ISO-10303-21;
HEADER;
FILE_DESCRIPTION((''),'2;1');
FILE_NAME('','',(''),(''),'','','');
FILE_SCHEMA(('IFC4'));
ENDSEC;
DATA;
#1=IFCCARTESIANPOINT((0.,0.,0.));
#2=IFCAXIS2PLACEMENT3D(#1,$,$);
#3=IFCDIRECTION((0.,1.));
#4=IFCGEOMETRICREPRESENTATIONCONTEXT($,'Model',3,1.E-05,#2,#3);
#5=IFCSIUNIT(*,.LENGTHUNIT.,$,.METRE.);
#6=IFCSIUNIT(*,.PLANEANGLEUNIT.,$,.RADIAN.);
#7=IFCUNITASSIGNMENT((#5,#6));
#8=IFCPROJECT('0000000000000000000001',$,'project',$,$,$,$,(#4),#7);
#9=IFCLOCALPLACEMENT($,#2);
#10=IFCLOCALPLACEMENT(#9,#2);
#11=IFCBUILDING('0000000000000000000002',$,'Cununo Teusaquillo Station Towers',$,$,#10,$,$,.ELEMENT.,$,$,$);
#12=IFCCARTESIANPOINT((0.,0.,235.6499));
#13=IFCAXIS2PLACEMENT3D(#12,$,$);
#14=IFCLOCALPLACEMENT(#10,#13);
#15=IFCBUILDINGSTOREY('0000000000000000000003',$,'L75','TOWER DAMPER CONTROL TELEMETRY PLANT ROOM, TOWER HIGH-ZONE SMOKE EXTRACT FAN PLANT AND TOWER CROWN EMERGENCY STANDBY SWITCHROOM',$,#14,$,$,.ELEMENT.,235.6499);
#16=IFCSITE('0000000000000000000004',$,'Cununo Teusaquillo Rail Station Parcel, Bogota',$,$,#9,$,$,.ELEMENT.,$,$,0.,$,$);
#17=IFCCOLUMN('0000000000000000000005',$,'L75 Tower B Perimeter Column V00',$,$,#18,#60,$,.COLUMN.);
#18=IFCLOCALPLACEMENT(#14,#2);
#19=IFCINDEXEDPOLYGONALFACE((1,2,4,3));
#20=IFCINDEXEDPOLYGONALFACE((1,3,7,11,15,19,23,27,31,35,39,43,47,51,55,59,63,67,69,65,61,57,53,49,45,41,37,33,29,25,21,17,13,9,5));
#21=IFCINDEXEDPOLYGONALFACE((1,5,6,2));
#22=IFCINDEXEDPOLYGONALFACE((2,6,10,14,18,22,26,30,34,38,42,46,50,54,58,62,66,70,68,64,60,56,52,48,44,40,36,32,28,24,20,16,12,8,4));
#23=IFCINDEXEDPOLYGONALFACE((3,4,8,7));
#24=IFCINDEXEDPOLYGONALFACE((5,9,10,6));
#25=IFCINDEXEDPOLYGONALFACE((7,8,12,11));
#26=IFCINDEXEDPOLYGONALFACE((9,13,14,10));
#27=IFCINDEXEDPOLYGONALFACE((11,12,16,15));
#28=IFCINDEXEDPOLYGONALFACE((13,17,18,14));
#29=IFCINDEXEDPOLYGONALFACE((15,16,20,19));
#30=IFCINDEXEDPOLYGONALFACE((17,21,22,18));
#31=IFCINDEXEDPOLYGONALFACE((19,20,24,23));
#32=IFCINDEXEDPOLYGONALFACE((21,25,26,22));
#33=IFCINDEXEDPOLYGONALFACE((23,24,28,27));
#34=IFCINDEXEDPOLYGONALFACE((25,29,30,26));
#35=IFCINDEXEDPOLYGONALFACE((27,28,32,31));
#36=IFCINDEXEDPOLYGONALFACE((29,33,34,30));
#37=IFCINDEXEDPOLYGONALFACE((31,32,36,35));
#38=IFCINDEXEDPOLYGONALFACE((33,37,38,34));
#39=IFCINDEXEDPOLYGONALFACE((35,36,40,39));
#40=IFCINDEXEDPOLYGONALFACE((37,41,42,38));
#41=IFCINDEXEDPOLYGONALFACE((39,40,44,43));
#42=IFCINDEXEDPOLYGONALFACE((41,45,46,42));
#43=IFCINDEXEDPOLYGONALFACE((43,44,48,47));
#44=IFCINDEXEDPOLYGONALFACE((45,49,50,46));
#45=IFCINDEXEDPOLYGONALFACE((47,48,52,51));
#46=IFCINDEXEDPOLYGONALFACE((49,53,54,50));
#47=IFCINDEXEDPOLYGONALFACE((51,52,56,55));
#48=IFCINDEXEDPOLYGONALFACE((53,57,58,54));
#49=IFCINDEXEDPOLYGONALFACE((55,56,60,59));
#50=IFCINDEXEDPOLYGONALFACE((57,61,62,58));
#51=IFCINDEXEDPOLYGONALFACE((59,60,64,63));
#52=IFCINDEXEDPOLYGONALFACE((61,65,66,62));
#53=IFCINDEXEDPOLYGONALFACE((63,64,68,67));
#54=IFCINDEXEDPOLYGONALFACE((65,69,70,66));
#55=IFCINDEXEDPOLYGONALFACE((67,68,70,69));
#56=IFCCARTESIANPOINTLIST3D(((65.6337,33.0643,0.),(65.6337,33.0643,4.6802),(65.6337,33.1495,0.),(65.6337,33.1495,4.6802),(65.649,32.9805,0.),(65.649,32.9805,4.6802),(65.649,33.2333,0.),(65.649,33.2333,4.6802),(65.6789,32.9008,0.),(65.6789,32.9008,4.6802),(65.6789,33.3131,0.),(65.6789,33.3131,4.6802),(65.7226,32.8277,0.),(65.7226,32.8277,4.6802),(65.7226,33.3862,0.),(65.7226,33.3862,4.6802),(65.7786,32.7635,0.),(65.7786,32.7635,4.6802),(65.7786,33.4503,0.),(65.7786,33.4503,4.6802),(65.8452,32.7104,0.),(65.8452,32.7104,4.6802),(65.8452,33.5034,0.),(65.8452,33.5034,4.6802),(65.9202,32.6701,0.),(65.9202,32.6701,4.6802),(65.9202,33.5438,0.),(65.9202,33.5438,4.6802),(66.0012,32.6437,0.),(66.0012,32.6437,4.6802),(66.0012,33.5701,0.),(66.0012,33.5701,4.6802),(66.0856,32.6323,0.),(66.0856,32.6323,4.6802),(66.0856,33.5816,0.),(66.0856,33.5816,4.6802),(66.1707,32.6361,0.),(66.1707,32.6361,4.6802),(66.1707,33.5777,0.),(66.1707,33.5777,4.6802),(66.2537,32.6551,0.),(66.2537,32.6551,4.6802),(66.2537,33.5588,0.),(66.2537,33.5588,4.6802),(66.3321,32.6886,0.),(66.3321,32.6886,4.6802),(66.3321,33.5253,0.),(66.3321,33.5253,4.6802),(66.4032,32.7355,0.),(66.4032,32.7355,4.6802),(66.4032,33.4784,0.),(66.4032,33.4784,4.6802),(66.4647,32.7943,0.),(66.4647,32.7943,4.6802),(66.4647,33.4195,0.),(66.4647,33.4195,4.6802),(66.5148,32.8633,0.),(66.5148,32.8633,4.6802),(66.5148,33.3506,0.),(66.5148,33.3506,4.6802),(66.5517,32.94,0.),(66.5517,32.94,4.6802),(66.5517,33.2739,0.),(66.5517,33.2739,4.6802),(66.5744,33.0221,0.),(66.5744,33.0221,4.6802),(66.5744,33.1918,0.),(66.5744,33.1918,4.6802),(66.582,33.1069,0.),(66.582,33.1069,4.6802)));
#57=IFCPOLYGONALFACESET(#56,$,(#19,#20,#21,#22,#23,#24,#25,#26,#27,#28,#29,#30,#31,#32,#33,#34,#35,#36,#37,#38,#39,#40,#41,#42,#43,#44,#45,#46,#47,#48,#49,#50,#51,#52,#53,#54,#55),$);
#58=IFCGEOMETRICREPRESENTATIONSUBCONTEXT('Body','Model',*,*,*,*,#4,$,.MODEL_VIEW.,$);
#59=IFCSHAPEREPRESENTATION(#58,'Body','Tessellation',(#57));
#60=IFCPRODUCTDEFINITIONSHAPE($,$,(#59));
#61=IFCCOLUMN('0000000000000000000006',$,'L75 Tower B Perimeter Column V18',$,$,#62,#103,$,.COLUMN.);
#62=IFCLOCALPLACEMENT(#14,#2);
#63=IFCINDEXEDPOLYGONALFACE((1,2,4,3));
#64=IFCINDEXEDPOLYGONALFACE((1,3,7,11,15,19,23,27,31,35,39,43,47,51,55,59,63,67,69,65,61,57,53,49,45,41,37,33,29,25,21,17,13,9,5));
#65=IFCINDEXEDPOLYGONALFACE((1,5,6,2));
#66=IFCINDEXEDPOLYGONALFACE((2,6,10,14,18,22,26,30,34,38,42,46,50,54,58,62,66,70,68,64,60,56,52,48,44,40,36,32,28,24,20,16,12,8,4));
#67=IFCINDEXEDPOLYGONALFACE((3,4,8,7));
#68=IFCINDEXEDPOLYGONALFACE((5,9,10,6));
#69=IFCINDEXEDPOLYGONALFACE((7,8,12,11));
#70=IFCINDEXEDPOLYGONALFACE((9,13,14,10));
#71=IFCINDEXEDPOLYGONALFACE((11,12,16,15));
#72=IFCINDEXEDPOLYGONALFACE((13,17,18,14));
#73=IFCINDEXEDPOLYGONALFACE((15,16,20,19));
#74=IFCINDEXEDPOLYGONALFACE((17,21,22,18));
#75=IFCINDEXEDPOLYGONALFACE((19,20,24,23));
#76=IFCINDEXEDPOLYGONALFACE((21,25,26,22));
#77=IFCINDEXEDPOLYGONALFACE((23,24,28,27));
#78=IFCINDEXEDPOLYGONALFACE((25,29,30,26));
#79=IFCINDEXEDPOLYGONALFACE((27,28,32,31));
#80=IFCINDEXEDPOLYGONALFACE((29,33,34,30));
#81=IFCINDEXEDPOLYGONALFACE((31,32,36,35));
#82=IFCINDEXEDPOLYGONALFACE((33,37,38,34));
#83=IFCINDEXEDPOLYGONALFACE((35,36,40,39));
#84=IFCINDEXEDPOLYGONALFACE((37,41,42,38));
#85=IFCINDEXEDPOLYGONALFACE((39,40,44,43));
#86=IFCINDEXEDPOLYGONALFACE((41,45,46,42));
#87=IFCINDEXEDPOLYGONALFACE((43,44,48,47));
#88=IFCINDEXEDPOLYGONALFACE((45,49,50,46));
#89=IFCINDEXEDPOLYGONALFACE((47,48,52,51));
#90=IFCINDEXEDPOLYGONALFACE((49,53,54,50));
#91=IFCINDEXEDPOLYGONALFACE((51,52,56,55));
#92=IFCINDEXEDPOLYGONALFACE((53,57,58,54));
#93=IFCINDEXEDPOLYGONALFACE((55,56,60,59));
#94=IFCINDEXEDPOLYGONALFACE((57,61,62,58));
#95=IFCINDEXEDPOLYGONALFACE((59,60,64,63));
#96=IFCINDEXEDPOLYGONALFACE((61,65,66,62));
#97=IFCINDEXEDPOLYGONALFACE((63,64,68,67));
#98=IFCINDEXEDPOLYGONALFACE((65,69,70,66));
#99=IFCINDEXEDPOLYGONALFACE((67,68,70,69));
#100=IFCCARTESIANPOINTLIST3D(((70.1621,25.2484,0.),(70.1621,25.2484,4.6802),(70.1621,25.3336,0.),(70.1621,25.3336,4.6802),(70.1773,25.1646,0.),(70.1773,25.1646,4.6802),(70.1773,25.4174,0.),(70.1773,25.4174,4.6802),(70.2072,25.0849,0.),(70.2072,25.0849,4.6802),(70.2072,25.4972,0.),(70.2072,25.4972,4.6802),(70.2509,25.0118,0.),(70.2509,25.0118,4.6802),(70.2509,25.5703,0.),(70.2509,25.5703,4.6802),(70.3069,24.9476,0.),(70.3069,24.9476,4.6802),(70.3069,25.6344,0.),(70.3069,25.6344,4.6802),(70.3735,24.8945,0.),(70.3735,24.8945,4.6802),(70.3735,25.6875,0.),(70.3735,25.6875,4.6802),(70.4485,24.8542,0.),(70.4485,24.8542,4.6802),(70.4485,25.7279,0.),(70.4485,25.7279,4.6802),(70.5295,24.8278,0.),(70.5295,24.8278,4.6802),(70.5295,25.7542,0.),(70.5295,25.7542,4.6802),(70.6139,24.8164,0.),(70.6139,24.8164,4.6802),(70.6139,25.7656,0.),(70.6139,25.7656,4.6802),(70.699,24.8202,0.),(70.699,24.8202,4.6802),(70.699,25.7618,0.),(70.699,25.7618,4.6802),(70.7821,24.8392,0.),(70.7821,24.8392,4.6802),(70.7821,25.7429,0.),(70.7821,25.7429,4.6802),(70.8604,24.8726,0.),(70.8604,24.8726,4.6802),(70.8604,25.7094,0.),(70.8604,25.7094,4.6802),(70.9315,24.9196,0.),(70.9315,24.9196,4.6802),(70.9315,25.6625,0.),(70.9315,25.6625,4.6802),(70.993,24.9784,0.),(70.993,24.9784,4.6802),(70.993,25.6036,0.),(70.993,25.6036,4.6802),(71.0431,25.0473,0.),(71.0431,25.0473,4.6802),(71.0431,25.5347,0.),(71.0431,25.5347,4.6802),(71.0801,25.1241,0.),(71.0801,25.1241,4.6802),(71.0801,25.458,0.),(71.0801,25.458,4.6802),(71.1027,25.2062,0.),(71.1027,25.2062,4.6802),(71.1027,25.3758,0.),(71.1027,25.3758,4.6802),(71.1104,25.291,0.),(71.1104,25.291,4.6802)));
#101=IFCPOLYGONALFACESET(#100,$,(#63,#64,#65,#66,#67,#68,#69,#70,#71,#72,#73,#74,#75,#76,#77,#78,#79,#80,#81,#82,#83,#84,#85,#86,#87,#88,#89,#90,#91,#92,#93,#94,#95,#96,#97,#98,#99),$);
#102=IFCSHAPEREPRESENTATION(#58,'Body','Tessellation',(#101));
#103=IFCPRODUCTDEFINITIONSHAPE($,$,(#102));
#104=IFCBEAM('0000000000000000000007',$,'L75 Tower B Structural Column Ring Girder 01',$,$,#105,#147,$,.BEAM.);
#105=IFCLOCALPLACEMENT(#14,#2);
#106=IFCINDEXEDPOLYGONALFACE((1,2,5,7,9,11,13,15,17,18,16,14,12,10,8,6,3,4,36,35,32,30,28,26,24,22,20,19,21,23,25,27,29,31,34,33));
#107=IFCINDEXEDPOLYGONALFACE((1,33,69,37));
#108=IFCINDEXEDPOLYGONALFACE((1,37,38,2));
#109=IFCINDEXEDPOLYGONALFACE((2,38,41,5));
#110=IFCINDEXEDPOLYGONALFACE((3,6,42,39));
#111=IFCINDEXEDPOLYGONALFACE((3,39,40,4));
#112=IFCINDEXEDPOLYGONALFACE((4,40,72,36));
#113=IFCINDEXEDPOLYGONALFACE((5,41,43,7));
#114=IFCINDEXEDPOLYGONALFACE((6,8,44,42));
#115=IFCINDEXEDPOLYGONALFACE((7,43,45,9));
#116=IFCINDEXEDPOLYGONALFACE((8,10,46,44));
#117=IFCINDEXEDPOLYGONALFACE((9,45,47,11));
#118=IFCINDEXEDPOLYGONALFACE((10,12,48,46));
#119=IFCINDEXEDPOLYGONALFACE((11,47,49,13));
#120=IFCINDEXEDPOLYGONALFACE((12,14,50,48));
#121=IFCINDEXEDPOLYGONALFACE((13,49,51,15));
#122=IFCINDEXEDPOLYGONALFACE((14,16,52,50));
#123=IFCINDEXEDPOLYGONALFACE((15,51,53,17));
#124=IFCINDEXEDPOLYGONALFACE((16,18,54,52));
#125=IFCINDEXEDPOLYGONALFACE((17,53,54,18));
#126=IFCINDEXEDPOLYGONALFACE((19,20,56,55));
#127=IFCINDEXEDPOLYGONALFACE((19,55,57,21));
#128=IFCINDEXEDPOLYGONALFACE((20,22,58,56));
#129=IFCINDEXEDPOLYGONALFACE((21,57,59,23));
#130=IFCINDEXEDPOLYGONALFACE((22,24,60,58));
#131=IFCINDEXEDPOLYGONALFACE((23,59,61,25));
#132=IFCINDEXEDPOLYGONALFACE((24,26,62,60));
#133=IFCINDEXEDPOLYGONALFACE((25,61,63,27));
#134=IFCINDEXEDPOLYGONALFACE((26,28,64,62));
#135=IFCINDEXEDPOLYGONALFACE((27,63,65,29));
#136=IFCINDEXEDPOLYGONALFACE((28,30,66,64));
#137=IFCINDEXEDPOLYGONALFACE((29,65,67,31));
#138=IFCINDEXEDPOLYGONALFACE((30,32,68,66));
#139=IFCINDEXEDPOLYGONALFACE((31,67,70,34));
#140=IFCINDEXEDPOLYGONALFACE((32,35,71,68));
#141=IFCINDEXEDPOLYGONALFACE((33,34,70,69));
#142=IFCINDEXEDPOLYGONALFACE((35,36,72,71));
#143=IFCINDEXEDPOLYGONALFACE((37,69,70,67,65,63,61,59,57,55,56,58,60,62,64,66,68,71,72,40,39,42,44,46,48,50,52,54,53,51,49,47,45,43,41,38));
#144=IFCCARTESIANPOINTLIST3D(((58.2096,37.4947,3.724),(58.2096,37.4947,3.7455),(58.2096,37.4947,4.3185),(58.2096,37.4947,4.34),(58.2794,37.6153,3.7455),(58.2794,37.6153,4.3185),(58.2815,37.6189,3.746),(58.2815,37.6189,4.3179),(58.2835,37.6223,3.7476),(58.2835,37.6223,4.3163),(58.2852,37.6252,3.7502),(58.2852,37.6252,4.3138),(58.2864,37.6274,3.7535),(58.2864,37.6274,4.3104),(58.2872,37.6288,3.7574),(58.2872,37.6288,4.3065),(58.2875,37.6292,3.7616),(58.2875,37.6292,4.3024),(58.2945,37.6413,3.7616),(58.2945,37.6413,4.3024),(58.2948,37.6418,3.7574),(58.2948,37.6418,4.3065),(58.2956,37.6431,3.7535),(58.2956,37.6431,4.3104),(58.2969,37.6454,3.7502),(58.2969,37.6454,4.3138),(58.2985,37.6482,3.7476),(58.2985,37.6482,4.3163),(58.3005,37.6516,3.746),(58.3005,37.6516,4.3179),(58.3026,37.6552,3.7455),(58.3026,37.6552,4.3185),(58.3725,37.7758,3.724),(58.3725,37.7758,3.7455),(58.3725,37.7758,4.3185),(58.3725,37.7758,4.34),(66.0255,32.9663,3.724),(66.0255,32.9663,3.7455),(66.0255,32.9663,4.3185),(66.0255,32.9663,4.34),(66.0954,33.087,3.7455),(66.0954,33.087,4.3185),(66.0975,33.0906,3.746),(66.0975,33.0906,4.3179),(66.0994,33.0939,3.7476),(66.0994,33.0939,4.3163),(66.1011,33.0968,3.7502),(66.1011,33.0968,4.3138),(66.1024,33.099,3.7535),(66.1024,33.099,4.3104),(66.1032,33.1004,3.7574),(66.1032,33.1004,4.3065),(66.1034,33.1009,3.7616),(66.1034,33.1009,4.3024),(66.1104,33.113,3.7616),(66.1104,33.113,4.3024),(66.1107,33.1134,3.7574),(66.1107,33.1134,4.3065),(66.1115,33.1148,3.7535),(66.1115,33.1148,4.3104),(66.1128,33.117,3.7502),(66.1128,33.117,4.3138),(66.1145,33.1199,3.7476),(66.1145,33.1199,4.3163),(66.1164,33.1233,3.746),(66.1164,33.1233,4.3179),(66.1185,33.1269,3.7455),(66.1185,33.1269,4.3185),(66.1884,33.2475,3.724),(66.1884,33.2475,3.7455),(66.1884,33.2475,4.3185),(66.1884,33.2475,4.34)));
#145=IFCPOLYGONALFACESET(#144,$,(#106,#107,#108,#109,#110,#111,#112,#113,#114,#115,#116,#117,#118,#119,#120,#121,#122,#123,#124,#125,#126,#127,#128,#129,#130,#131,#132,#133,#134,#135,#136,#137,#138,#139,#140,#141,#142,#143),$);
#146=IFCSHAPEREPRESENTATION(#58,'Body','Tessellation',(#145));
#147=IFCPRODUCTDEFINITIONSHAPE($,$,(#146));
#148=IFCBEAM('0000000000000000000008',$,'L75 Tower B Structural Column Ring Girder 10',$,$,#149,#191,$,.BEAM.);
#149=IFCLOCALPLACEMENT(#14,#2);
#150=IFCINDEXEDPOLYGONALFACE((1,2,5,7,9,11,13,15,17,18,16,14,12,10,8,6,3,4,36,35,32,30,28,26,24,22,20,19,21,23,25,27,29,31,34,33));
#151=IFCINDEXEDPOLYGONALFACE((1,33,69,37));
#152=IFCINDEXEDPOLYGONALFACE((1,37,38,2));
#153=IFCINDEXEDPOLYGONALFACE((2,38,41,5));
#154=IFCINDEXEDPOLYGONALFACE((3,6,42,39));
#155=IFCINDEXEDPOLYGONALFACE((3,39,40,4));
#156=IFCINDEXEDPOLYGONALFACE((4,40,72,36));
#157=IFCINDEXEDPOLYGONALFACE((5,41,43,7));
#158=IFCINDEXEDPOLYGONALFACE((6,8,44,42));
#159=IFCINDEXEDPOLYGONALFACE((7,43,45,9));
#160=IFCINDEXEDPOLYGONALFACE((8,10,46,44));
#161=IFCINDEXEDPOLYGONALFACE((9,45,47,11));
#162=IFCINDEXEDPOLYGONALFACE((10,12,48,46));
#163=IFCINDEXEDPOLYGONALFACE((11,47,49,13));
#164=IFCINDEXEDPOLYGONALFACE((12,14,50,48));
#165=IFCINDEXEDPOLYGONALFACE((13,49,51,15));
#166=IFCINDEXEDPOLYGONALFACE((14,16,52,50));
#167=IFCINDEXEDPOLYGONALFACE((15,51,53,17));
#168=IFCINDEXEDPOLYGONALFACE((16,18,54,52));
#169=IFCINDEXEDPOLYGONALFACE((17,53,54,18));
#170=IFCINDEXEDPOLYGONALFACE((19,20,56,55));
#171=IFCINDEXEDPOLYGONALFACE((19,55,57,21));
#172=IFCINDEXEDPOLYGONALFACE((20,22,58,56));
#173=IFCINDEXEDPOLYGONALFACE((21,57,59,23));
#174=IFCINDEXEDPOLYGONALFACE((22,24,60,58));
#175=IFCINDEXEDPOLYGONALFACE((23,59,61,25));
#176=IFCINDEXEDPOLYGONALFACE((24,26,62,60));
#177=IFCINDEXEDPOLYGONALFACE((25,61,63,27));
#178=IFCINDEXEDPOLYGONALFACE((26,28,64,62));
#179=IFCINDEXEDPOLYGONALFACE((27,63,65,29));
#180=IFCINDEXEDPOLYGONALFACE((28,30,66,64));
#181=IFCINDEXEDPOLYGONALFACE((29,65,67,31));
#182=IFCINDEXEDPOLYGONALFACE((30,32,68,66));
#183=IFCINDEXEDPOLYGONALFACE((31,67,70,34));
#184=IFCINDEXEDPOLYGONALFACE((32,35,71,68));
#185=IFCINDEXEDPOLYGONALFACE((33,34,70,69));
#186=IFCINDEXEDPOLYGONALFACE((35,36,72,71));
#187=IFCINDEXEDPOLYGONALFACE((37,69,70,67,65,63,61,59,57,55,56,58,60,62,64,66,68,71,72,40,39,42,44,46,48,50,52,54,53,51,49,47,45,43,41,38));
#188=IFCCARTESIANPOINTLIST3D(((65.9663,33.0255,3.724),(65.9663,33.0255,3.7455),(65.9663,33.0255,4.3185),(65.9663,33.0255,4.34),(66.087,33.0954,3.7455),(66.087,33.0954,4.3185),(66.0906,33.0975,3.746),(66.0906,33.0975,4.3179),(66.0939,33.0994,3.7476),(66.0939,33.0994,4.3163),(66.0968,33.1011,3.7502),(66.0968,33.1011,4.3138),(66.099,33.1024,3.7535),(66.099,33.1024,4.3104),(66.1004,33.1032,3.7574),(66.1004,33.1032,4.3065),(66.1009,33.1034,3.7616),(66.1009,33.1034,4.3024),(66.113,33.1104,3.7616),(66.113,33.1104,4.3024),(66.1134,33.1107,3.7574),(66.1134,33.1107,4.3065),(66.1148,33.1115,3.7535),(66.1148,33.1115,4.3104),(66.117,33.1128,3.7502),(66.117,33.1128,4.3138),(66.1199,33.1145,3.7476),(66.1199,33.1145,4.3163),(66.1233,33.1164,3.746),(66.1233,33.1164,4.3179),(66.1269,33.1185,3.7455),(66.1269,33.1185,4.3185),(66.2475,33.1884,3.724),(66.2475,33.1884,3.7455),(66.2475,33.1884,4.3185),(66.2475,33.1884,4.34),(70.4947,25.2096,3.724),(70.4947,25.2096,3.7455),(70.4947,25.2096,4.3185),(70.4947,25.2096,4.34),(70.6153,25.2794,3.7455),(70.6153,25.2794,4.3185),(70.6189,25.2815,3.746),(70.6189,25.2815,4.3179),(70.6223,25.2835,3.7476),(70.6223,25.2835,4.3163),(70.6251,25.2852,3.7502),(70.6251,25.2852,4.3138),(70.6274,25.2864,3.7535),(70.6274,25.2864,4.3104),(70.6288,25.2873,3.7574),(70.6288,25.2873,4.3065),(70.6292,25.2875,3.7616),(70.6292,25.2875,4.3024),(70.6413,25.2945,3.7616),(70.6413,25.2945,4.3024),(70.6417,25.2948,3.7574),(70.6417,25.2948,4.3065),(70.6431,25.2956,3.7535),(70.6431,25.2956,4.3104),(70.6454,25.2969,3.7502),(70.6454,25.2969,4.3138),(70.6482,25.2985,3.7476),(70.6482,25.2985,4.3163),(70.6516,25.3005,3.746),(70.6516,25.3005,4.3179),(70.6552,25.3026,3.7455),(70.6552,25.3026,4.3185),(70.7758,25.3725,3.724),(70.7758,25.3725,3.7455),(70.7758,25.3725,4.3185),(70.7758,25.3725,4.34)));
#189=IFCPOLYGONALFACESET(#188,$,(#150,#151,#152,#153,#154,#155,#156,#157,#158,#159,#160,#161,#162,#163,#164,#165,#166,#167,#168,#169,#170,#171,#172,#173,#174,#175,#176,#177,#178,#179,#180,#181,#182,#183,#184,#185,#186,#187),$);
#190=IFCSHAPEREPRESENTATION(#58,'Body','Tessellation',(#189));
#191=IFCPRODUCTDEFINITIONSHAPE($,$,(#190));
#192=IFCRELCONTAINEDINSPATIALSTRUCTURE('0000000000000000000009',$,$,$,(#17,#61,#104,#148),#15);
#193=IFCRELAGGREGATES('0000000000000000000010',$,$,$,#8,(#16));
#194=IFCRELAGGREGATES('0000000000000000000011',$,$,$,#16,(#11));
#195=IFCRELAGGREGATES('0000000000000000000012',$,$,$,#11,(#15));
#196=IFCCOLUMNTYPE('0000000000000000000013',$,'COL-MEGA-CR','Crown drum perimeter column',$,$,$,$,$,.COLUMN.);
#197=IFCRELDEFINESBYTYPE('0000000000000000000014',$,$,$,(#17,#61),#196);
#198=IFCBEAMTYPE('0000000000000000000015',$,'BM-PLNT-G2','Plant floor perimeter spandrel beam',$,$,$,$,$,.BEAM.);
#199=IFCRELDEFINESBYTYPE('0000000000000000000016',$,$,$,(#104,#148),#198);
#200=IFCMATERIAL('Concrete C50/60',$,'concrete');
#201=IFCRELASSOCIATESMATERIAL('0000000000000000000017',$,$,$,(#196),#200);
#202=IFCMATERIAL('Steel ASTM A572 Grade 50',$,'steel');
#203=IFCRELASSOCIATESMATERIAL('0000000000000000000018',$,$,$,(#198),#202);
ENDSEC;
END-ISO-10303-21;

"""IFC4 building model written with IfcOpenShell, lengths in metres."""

from ifc_helpers import new_model, si_unit, direction, frame, origin, origin_2d, place, context, subcontext, project, spatial, circle, i_section, extrude, material, material_profile, profile_set, type_object, element, save


model = new_model("IFC4")

# Units and contexts
model_context = context("Model", 3, precision=1e-05, world=origin(), true_north=direction((0.0, 1.0)))
body_context = subcontext(model_context, "Body", "Model", "MODEL_VIEW")
ifc_project = project(units=[si_unit("LENGTHUNIT", "METRE"), si_unit("PLANEANGLEUNIT", "RADIAN")], contexts=[model_context])

# Site, building, storey
site_placement = place(None, origin())
site = spatial("IfcSite", under=ifc_project, at=site_placement, Name="Cununo Teusaquillo Rail Station Parcel, Bogota", CompositionType="ELEMENT", RefElevation=0.0)
building_placement = place(site_placement, origin())
building = spatial("IfcBuilding", under=site, at=building_placement, Name="Cununo Teusaquillo Station Towers", CompositionType="ELEMENT")
storey_placement = place(building_placement, frame((0.0, 0.0, 235.6499)))
storey = spatial("IfcBuildingStorey", under=building, at=storey_placement, Name="L75", Description="TOWER DAMPER CONTROL TELEMETRY PLANT ROOM, TOWER HIGH-ZONE SMOKE EXTRACT FAN PLANT AND TOWER CROWN EMERGENCY STANDBY SWITCHROOM", CompositionType="ELEMENT", Elevation=235.6499)

# Columns
ifc_material_1 = material(Name="Concrete C50/60", Category="concrete")
ifc_material_profile_1 = material_profile(ifc_material_1, circle(Radius=0.4751, at=origin_2d()), Name="RC-CIRC-950")
ifc_profile_set_1 = profile_set([ifc_material_profile_1], Name="Concrete C50/60")
column_type = type_object("IfcColumnType", Name="COL-MEGA-CR", Description="Crown drum perimeter column", PredefinedType="COLUMN", material=ifc_profile_set_1)
for number, where, z_axis, x_axis, name in (
    (1, (66.1069, 33.1069, 0.0), (0.0, 0.0, 1.0), (1.0, 0.0, 0.0), "L75 Tower B Perimeter Column V00"),
    (2, (70.6353, 25.291, 0.0), (0.0, 0.0, 1.0), (1.0, 0.0, 0.0), "L75 Tower B Perimeter Column V18"),
):
    element("IfcColumn", number, at=place(storey_placement, frame(where, z_axis=z_axis, x_axis=x_axis)), inside=storey, type_object=column_type, Name=name, PredefinedType="COLUMN", context=body_context, shape_type="SweptSolid", body=[
        extrude(circle(Radius=0.4751, at=origin_2d()), origin(), (0.0, 0.0, 1.0), 4.6802),
    ])

# Beams
ifc_material_2 = material(Name="Steel ASTM A572 Grade 50", Category="steel")
ifc_material_profile_2 = material_profile(ifc_material_2, i_section(OverallWidth=0.325, OverallDepth=0.616, WebThickness=0.0139, FlangeThickness=0.0215, FilletRadius=0.0161, at=origin_2d()), Name="W24X117")
ifc_profile_set_2 = profile_set([ifc_material_profile_2], Name="Steel ASTM A572 Grade 50")
beam_type_1 = type_object("IfcBeamType", Name="BM-PLNT-G2", Description="Plant floor perimeter spandrel beam", PredefinedType="BEAM", material=ifc_profile_set_2)
for number, where, z_axis, x_axis, name in (
    (3, (66.1069, 33.1069, 4.032), (-0.865267, 0.501311, 0.0), (-0.501311, -0.865267, 0.0), "L75 Tower B Structural Column Ring Girder 01"),
    (4, (70.6353, 25.291, 4.032), (-0.501311, 0.865267, 0.0), (-0.865267, -0.501311, 0.0), "L75 Tower B Structural Column Ring Girder 10"),
):
    element("IfcBeam", number, at=place(storey_placement, frame(where, z_axis=z_axis, x_axis=x_axis)), inside=storey, type_object=beam_type_1, Name=name, PredefinedType="BEAM", context=body_context, shape_type="SweptSolid", body=[
        extrude(i_section(OverallWidth=0.325, OverallDepth=0.616, WebThickness=0.0139, FlangeThickness=0.0215, FilletRadius=0.0161, at=origin_2d()), origin(), (0.0, 0.0, 1.0), 9.033),
    ])

save(model, "model.ifc")
